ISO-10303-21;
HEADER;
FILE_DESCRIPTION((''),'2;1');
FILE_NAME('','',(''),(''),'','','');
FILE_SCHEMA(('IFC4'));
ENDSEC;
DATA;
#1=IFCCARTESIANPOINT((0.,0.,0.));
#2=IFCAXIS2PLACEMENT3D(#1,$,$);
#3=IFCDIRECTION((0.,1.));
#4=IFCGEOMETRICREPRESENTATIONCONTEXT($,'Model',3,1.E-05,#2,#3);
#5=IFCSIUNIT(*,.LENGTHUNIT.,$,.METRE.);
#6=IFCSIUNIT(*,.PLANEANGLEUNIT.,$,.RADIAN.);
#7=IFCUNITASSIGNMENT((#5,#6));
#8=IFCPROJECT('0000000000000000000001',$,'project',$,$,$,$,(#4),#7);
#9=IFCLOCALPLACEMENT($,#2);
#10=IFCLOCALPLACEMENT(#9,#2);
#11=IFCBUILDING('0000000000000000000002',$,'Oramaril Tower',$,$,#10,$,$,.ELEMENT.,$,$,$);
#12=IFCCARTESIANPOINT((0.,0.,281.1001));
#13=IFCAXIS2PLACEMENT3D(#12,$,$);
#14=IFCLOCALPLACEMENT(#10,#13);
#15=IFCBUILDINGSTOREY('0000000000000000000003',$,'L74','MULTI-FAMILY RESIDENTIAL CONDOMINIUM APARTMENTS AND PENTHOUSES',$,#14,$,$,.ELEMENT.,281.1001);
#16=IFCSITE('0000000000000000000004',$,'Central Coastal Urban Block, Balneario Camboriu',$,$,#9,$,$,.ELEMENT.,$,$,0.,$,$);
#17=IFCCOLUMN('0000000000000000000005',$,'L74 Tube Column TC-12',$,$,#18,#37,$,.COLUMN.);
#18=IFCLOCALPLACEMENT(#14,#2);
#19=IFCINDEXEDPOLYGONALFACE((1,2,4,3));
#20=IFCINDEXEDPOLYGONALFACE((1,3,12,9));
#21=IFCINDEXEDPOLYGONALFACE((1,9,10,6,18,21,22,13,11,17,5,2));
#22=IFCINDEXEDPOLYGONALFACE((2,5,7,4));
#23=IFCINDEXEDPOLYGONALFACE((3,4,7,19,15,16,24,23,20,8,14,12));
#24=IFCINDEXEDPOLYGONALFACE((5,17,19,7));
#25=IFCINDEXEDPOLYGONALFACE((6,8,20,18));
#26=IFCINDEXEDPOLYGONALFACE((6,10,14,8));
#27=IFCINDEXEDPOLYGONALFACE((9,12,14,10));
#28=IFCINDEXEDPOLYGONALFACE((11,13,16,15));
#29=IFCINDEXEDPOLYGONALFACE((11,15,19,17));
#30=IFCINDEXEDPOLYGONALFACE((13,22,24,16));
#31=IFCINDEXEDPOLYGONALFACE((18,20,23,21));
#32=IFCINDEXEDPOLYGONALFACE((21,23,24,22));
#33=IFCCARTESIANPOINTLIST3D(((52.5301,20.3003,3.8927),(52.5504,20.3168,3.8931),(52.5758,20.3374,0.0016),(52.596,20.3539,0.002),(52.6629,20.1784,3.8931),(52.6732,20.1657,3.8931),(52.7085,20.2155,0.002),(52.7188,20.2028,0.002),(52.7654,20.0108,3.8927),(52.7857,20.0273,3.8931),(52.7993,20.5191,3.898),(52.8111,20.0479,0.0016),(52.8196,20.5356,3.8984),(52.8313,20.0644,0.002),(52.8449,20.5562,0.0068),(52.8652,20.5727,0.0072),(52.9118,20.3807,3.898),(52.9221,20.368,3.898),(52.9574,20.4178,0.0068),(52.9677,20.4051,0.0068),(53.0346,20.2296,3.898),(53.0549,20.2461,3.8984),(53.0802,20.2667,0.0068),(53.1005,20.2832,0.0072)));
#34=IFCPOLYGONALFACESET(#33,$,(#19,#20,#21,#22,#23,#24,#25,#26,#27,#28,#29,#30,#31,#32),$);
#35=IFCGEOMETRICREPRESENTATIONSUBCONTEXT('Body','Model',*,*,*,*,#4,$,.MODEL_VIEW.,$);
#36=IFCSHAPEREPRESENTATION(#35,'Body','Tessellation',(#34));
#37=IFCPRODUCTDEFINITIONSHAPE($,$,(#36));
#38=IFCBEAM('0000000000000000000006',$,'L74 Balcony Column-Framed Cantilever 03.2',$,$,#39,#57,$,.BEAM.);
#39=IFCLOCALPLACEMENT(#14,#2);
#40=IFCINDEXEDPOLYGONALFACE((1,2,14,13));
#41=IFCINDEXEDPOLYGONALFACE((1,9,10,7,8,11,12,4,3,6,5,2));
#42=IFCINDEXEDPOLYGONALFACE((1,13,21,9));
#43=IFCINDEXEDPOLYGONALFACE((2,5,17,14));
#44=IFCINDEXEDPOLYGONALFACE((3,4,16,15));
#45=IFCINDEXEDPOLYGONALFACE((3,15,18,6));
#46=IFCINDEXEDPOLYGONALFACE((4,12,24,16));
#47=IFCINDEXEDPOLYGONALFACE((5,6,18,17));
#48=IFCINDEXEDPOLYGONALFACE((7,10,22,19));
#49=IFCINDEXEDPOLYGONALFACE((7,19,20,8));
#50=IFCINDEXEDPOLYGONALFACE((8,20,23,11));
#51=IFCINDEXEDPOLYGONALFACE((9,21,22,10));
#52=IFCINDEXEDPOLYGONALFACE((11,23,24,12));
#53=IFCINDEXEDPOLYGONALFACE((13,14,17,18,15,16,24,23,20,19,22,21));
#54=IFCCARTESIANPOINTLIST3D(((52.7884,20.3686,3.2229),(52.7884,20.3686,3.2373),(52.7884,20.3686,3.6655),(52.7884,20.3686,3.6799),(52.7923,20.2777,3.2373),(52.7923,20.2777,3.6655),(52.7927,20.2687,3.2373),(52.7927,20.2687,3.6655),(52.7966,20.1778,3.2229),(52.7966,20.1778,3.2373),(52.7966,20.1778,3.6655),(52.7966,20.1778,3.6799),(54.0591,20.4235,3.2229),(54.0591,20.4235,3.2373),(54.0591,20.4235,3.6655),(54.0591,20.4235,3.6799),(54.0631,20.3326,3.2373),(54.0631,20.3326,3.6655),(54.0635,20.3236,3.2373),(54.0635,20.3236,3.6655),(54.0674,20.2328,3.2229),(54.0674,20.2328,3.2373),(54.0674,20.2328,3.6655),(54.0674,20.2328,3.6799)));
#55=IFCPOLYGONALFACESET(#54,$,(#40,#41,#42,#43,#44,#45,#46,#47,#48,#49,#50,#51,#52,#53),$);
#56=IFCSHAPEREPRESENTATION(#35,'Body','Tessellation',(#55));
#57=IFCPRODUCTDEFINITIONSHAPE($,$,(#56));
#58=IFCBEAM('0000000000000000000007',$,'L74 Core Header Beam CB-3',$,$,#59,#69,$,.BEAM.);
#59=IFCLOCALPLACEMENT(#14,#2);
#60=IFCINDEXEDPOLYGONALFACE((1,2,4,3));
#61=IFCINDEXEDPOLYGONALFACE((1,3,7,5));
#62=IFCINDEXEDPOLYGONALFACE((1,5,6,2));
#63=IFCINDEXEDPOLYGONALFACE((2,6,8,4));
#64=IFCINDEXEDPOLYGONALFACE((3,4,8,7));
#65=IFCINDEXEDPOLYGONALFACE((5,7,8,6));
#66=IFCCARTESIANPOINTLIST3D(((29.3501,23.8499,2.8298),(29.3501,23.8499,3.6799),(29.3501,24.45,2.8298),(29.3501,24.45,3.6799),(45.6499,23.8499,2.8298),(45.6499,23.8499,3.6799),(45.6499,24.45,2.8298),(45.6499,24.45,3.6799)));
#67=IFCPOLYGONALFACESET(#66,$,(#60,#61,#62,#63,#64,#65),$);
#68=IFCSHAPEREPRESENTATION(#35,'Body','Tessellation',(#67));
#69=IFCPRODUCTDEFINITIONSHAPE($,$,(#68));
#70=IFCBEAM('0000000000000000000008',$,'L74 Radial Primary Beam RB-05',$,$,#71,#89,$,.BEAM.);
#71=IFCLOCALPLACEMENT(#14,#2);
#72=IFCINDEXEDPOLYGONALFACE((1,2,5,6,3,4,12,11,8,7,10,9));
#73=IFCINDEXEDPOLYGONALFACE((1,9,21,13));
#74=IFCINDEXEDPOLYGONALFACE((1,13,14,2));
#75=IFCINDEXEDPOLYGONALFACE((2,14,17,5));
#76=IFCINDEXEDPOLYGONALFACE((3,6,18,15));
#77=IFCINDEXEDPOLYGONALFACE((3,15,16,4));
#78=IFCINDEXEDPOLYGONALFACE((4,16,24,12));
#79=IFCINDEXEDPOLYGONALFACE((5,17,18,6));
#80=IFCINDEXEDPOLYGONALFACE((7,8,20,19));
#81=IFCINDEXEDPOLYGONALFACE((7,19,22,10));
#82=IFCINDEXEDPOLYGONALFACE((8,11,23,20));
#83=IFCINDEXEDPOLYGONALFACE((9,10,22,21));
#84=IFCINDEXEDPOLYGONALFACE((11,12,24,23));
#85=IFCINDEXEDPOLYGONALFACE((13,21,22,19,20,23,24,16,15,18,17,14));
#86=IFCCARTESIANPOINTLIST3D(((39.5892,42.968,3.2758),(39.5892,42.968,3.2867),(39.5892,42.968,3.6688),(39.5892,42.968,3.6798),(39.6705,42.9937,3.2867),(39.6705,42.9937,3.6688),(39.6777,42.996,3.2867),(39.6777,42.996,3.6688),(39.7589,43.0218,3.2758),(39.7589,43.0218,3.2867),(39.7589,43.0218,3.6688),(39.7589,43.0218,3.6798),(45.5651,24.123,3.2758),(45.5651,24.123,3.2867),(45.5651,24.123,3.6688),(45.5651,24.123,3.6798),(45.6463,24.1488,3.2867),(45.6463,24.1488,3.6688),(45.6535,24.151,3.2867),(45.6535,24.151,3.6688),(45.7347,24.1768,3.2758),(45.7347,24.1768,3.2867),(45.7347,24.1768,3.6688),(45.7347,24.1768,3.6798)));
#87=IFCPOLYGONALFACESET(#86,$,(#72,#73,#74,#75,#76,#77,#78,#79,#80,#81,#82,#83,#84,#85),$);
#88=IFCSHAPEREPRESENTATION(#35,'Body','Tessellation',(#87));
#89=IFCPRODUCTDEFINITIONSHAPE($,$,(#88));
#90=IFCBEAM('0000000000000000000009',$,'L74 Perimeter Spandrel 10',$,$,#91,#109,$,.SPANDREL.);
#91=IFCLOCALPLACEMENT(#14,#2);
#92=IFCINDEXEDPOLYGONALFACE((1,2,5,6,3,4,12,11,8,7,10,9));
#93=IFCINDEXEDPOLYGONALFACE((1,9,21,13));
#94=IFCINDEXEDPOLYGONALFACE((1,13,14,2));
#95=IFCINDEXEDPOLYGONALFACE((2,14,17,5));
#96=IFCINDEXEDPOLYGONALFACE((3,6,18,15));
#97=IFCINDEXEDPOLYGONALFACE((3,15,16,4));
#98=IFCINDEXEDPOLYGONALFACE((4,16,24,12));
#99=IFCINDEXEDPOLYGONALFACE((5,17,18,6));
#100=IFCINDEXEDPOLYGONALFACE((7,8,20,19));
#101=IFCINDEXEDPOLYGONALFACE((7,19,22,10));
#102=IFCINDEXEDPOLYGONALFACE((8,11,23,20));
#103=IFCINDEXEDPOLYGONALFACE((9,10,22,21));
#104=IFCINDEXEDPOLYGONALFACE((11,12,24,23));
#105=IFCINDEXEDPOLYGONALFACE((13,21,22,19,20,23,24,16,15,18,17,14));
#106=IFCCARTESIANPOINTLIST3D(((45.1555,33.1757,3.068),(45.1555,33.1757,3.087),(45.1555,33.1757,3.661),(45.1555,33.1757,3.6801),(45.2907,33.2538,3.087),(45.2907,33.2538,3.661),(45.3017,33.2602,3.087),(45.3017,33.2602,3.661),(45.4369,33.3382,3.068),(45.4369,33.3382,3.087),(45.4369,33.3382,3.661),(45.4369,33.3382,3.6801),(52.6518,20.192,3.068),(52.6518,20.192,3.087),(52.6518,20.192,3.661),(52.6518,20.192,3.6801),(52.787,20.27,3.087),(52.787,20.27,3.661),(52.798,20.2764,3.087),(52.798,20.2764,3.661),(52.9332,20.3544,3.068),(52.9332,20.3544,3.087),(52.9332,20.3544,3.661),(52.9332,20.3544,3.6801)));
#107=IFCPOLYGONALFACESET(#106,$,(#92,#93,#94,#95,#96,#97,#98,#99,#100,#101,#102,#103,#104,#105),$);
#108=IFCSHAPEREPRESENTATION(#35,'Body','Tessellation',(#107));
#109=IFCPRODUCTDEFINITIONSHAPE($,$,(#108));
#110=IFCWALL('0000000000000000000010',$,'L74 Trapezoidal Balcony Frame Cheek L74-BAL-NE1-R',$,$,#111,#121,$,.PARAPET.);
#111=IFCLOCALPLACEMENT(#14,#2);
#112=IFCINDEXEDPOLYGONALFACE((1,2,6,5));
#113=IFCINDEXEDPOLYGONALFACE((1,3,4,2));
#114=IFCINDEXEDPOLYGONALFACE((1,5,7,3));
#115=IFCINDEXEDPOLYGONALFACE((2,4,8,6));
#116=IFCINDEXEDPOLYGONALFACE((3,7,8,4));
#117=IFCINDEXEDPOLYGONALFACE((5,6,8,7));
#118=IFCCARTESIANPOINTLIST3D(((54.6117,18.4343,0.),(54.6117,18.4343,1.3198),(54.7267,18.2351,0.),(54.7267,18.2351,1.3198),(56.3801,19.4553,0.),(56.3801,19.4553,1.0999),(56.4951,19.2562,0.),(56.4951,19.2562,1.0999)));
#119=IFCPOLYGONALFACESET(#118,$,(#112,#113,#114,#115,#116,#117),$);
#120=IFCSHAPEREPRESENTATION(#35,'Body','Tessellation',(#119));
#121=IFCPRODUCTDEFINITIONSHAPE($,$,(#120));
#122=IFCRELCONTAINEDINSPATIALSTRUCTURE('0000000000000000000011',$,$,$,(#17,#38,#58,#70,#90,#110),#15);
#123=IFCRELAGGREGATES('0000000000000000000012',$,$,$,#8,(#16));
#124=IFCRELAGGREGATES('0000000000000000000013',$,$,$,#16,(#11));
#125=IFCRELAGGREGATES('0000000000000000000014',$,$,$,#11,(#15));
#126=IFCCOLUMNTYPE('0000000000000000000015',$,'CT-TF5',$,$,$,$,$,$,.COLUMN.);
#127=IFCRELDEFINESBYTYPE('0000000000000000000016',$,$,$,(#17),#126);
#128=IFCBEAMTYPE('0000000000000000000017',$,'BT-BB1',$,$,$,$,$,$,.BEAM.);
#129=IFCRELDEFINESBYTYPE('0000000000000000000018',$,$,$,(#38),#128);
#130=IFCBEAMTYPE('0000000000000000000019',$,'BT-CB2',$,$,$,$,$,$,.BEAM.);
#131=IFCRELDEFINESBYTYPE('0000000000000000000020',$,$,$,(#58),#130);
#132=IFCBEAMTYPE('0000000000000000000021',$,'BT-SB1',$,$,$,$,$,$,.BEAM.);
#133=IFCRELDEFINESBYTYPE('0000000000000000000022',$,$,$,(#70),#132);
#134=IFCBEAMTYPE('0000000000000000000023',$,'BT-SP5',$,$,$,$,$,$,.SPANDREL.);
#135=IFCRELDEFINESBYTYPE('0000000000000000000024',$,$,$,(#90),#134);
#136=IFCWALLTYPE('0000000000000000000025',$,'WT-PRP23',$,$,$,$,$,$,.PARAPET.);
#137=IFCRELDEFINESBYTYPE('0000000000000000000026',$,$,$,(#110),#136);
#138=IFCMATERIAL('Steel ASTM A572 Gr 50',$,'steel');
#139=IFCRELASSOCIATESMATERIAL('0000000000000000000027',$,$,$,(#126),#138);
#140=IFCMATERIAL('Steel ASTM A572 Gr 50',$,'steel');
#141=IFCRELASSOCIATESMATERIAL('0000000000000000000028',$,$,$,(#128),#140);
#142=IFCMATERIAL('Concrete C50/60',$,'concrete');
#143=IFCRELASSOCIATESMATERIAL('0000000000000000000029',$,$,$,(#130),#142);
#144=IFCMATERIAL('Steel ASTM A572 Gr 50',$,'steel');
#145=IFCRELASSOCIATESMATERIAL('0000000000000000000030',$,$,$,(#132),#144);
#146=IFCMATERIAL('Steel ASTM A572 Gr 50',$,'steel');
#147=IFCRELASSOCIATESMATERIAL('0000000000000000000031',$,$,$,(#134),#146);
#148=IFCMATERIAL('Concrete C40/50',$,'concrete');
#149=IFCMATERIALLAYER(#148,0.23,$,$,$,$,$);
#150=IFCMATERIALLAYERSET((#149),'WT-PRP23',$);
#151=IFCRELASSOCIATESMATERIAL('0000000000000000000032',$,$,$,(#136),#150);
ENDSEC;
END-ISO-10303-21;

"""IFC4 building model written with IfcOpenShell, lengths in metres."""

from ifc_helpers import new_model, si_unit, direction, frame, origin, origin_2d, place, context, subcontext, project, spatial, polyline, rectangle, i_section, outline, extrude, material, layer, layer_set, material_profile, profile_set, type_object, element, save


model = new_model("IFC4")

# Units and contexts
model_context = context("Model", 3, precision=1e-05, world=origin(), true_north=direction((0.0, 1.0)))
body_context = subcontext(model_context, "Body", "Model", "MODEL_VIEW")
ifc_project = project(units=[si_unit("LENGTHUNIT", "METRE"), si_unit("PLANEANGLEUNIT", "RADIAN")], contexts=[model_context])

# Site, building, storey
site_placement = place(None, origin())
site = spatial("IfcSite", under=ifc_project, at=site_placement, Name="Central Coastal Urban Block, Balneario Camboriu", CompositionType="ELEMENT", RefElevation=0.0)
building_placement = place(site_placement, origin())
building = spatial("IfcBuilding", under=site, at=building_placement, Name="Oramaril Tower", CompositionType="ELEMENT")
storey_placement = place(building_placement, frame((0.0, 0.0, 281.1001)))
storey = spatial("IfcBuildingStorey", under=building, at=storey_placement, Name="L74", Description="MULTI-FAMILY RESIDENTIAL CONDOMINIUM APARTMENTS AND PENTHOUSES", CompositionType="ELEMENT", Elevation=281.1001)

# Column
ifc_material_1 = material(Name="Steel ASTM A572 Gr 50", Category="steel")
ifc_material_profile_1 = material_profile(ifc_material_1, i_section(OverallWidth=0.373, OverallDepth=0.373, WebThickness=0.0164, FlangeThickness=0.0261, at=origin_2d()), Name="W14X132")
ifc_profile_set_1 = profile_set([ifc_material_profile_1], Name="Steel ASTM A572 Gr 50")
column_type = type_object("IfcColumnType", Name="CT-TF5", PredefinedType="COLUMN", material=ifc_profile_set_1)
column_placement = place(storey_placement, frame((52.8381, 20.3103, 0.0044), z_axis=(-0.011732, -0.009536, 0.999886), x_axis=(0.630749, -0.775987, 0.0)))
element("IfcColumn", 1, at=column_placement, inside=storey, type_object=column_type, Name="L74 Tube Column TC-12", PredefinedType="COLUMN", context=body_context, shape_type="SweptSolid", body=[
    extrude(i_section(OverallWidth=0.373, OverallDepth=0.373, WebThickness=0.0164, FlangeThickness=0.0261, at=origin_2d()), origin(), (0.0, 0.0, 1.0), 3.8916),
])

# Beams
ifc_material_2 = material(Name="Steel ASTM A572 Gr 50", Category="steel")
ifc_material_profile_2 = material_profile(ifc_material_2, i_section(OverallWidth=0.1909, OverallDepth=0.457, WebThickness=0.009, FlangeThickness=0.0144, at=origin_2d()), Name="W18X50")
ifc_profile_set_2 = profile_set([ifc_material_profile_2], Name="Steel ASTM A572 Gr 50")
beam_type_1 = type_object("IfcBeamType", Name="BT-BB1", PredefinedType="BEAM", material=ifc_profile_set_2)
beam_1_placement = place(storey_placement, frame((52.7925, 20.2732, 3.4514), z_axis=(0.999067, 0.043187, 0.0), x_axis=(-0.043187, 0.999067, 0.0)))
element("IfcBeam", 2, at=beam_1_placement, inside=storey, type_object=beam_type_1, Name="L74 Balcony Column-Framed Cantilever 03.2", PredefinedType="BEAM", context=body_context, shape_type="SweptSolid", body=[
    extrude(i_section(OverallWidth=0.1909, OverallDepth=0.457, WebThickness=0.009, FlangeThickness=0.0144, at=origin_2d()), origin(), (0.0, 0.0, 1.0), 1.272),
])
ifc_material_3 = material(Name="Concrete C50/60", Category="concrete")
ifc_material_profile_3 = material_profile(ifc_material_3, rectangle(XDim=0.6001, YDim=0.8501, at=origin_2d()), Name="CB600X850")
ifc_profile_set_3 = profile_set([ifc_material_profile_3], Name="Concrete C50/60")
beam_type_2 = type_object("IfcBeamType", Name="BT-CB2", PredefinedType="BEAM", material=ifc_profile_set_3)
beam_2_placement = place(storey_placement, frame((45.6499, 24.1499, 3.2549), z_axis=(-1.0, 0.0, 0.0), x_axis=(0.0, -1.0, 0.0)))
element("IfcBeam", 3, at=beam_2_placement, inside=storey, type_object=beam_type_2, Name="L74 Core Header Beam CB-3", PredefinedType="BEAM", context=body_context, shape_type="SweptSolid", body=[
    extrude(rectangle(XDim=0.6001, YDim=0.8501, at=origin_2d()), origin(), (0.0, 0.0, 1.0), 16.2998),
])
ifc_material_4 = material(Name="Steel ASTM A572 Gr 50", Category="steel")
ifc_material_profile_4 = material_profile(ifc_material_4, i_section(OverallWidth=0.178, OverallDepth=0.4041, WebThickness=0.0076, FlangeThickness=0.011, at=origin_2d()), Name="W16X36")
ifc_profile_set_4 = profile_set([ifc_material_profile_4], Name="Steel ASTM A572 Gr 50")
beam_type_3 = type_object("IfcBeamType", Name="BT-SB1", PredefinedType="BEAM", material=ifc_profile_set_4)
beam_3_placement = place(storey_placement, frame((45.6499, 24.1499, 3.4778), z_axis=(-0.302271, 0.953222, 0.0), x_axis=(-0.953222, -0.302271, 0.0)))
element("IfcBeam", 4, at=beam_3_placement, inside=storey, type_object=beam_type_3, Name="L74 Radial Primary Beam RB-05", PredefinedType="BEAM", context=body_context, shape_type="SweptSolid", body=[
    extrude(i_section(OverallWidth=0.178, OverallDepth=0.4041, WebThickness=0.0076, FlangeThickness=0.011, at=origin_2d()), origin(), (0.0, 0.0, 1.0), 19.7698),
])
ifc_material_5 = material(Name="Steel ASTM A572 Gr 50", Category="steel")
ifc_material_profile_5 = material_profile(ifc_material_5, i_section(OverallWidth=0.325, OverallDepth=0.6121, WebThickness=0.0127, FlangeThickness=0.019, at=origin_2d()), Name="W24X104")
ifc_profile_set_5 = profile_set([ifc_material_profile_5], Name="Steel ASTM A572 Gr 50")
beam_type_4 = type_object("IfcBeamType", Name="BT-SP5", PredefinedType="SPANDREL", material=ifc_profile_set_5)
beam_4_placement = place(storey_placement, frame((52.7925, 20.2732, 3.374), z_axis=(-0.500004, 0.866023, 0.0), x_axis=(-0.866023, -0.500004, 0.0)))
element("IfcBeam", 5, at=beam_4_placement, inside=storey, type_object=beam_type_4, Name="L74 Perimeter Spandrel 10", PredefinedType="SPANDREL", context=body_context, shape_type="SweptSolid", body=[
    extrude(i_section(OverallWidth=0.325, OverallDepth=0.6121, WebThickness=0.0127, FlangeThickness=0.019, at=origin_2d()), origin(), (0.0, 0.0, 1.0), 14.9924),
])

# Wall
ifc_material_6 = material(Name="Concrete C40/50", Category="concrete")
ifc_layer_1 = layer(ifc_material_6, 0.23)
ifc_layer_set_1 = layer_set([ifc_layer_1], Name="WT-PRP23")
wall_type_1 = type_object("IfcWallType", Name="WT-PRP23", PredefinedType="PARAPET", material=ifc_layer_set_1)
wall_1_placement = place(storey_placement, frame((54.6692, 18.3347, 0.0), z_axis=(0.0, 0.0, 1.0), x_axis=(0.866012, 0.500023, 0.0)))
element("IfcWall", 6, at=wall_1_placement, inside=storey, type_object=wall_type_1, Name="L74 Trapezoidal Balcony Frame Cheek L74-BAL-NE1-R", PredefinedType="PARAPET", context=body_context, shape_type="SweptSolid", body=[
    extrude(outline(polyline([(0.0, 0.0), (2.042, 0.0), (2.042, 1.0999), (0.0, 1.3198), (0.0, 0.0)])), frame((0.0, 0.115, 0.0), z_axis=(0.0, -1.0, 0.0), x_axis=(1.0, 0.0, 0.0)), (0.0, 0.0, 1.0), 0.23),
])

save(model, "model.ifc")
